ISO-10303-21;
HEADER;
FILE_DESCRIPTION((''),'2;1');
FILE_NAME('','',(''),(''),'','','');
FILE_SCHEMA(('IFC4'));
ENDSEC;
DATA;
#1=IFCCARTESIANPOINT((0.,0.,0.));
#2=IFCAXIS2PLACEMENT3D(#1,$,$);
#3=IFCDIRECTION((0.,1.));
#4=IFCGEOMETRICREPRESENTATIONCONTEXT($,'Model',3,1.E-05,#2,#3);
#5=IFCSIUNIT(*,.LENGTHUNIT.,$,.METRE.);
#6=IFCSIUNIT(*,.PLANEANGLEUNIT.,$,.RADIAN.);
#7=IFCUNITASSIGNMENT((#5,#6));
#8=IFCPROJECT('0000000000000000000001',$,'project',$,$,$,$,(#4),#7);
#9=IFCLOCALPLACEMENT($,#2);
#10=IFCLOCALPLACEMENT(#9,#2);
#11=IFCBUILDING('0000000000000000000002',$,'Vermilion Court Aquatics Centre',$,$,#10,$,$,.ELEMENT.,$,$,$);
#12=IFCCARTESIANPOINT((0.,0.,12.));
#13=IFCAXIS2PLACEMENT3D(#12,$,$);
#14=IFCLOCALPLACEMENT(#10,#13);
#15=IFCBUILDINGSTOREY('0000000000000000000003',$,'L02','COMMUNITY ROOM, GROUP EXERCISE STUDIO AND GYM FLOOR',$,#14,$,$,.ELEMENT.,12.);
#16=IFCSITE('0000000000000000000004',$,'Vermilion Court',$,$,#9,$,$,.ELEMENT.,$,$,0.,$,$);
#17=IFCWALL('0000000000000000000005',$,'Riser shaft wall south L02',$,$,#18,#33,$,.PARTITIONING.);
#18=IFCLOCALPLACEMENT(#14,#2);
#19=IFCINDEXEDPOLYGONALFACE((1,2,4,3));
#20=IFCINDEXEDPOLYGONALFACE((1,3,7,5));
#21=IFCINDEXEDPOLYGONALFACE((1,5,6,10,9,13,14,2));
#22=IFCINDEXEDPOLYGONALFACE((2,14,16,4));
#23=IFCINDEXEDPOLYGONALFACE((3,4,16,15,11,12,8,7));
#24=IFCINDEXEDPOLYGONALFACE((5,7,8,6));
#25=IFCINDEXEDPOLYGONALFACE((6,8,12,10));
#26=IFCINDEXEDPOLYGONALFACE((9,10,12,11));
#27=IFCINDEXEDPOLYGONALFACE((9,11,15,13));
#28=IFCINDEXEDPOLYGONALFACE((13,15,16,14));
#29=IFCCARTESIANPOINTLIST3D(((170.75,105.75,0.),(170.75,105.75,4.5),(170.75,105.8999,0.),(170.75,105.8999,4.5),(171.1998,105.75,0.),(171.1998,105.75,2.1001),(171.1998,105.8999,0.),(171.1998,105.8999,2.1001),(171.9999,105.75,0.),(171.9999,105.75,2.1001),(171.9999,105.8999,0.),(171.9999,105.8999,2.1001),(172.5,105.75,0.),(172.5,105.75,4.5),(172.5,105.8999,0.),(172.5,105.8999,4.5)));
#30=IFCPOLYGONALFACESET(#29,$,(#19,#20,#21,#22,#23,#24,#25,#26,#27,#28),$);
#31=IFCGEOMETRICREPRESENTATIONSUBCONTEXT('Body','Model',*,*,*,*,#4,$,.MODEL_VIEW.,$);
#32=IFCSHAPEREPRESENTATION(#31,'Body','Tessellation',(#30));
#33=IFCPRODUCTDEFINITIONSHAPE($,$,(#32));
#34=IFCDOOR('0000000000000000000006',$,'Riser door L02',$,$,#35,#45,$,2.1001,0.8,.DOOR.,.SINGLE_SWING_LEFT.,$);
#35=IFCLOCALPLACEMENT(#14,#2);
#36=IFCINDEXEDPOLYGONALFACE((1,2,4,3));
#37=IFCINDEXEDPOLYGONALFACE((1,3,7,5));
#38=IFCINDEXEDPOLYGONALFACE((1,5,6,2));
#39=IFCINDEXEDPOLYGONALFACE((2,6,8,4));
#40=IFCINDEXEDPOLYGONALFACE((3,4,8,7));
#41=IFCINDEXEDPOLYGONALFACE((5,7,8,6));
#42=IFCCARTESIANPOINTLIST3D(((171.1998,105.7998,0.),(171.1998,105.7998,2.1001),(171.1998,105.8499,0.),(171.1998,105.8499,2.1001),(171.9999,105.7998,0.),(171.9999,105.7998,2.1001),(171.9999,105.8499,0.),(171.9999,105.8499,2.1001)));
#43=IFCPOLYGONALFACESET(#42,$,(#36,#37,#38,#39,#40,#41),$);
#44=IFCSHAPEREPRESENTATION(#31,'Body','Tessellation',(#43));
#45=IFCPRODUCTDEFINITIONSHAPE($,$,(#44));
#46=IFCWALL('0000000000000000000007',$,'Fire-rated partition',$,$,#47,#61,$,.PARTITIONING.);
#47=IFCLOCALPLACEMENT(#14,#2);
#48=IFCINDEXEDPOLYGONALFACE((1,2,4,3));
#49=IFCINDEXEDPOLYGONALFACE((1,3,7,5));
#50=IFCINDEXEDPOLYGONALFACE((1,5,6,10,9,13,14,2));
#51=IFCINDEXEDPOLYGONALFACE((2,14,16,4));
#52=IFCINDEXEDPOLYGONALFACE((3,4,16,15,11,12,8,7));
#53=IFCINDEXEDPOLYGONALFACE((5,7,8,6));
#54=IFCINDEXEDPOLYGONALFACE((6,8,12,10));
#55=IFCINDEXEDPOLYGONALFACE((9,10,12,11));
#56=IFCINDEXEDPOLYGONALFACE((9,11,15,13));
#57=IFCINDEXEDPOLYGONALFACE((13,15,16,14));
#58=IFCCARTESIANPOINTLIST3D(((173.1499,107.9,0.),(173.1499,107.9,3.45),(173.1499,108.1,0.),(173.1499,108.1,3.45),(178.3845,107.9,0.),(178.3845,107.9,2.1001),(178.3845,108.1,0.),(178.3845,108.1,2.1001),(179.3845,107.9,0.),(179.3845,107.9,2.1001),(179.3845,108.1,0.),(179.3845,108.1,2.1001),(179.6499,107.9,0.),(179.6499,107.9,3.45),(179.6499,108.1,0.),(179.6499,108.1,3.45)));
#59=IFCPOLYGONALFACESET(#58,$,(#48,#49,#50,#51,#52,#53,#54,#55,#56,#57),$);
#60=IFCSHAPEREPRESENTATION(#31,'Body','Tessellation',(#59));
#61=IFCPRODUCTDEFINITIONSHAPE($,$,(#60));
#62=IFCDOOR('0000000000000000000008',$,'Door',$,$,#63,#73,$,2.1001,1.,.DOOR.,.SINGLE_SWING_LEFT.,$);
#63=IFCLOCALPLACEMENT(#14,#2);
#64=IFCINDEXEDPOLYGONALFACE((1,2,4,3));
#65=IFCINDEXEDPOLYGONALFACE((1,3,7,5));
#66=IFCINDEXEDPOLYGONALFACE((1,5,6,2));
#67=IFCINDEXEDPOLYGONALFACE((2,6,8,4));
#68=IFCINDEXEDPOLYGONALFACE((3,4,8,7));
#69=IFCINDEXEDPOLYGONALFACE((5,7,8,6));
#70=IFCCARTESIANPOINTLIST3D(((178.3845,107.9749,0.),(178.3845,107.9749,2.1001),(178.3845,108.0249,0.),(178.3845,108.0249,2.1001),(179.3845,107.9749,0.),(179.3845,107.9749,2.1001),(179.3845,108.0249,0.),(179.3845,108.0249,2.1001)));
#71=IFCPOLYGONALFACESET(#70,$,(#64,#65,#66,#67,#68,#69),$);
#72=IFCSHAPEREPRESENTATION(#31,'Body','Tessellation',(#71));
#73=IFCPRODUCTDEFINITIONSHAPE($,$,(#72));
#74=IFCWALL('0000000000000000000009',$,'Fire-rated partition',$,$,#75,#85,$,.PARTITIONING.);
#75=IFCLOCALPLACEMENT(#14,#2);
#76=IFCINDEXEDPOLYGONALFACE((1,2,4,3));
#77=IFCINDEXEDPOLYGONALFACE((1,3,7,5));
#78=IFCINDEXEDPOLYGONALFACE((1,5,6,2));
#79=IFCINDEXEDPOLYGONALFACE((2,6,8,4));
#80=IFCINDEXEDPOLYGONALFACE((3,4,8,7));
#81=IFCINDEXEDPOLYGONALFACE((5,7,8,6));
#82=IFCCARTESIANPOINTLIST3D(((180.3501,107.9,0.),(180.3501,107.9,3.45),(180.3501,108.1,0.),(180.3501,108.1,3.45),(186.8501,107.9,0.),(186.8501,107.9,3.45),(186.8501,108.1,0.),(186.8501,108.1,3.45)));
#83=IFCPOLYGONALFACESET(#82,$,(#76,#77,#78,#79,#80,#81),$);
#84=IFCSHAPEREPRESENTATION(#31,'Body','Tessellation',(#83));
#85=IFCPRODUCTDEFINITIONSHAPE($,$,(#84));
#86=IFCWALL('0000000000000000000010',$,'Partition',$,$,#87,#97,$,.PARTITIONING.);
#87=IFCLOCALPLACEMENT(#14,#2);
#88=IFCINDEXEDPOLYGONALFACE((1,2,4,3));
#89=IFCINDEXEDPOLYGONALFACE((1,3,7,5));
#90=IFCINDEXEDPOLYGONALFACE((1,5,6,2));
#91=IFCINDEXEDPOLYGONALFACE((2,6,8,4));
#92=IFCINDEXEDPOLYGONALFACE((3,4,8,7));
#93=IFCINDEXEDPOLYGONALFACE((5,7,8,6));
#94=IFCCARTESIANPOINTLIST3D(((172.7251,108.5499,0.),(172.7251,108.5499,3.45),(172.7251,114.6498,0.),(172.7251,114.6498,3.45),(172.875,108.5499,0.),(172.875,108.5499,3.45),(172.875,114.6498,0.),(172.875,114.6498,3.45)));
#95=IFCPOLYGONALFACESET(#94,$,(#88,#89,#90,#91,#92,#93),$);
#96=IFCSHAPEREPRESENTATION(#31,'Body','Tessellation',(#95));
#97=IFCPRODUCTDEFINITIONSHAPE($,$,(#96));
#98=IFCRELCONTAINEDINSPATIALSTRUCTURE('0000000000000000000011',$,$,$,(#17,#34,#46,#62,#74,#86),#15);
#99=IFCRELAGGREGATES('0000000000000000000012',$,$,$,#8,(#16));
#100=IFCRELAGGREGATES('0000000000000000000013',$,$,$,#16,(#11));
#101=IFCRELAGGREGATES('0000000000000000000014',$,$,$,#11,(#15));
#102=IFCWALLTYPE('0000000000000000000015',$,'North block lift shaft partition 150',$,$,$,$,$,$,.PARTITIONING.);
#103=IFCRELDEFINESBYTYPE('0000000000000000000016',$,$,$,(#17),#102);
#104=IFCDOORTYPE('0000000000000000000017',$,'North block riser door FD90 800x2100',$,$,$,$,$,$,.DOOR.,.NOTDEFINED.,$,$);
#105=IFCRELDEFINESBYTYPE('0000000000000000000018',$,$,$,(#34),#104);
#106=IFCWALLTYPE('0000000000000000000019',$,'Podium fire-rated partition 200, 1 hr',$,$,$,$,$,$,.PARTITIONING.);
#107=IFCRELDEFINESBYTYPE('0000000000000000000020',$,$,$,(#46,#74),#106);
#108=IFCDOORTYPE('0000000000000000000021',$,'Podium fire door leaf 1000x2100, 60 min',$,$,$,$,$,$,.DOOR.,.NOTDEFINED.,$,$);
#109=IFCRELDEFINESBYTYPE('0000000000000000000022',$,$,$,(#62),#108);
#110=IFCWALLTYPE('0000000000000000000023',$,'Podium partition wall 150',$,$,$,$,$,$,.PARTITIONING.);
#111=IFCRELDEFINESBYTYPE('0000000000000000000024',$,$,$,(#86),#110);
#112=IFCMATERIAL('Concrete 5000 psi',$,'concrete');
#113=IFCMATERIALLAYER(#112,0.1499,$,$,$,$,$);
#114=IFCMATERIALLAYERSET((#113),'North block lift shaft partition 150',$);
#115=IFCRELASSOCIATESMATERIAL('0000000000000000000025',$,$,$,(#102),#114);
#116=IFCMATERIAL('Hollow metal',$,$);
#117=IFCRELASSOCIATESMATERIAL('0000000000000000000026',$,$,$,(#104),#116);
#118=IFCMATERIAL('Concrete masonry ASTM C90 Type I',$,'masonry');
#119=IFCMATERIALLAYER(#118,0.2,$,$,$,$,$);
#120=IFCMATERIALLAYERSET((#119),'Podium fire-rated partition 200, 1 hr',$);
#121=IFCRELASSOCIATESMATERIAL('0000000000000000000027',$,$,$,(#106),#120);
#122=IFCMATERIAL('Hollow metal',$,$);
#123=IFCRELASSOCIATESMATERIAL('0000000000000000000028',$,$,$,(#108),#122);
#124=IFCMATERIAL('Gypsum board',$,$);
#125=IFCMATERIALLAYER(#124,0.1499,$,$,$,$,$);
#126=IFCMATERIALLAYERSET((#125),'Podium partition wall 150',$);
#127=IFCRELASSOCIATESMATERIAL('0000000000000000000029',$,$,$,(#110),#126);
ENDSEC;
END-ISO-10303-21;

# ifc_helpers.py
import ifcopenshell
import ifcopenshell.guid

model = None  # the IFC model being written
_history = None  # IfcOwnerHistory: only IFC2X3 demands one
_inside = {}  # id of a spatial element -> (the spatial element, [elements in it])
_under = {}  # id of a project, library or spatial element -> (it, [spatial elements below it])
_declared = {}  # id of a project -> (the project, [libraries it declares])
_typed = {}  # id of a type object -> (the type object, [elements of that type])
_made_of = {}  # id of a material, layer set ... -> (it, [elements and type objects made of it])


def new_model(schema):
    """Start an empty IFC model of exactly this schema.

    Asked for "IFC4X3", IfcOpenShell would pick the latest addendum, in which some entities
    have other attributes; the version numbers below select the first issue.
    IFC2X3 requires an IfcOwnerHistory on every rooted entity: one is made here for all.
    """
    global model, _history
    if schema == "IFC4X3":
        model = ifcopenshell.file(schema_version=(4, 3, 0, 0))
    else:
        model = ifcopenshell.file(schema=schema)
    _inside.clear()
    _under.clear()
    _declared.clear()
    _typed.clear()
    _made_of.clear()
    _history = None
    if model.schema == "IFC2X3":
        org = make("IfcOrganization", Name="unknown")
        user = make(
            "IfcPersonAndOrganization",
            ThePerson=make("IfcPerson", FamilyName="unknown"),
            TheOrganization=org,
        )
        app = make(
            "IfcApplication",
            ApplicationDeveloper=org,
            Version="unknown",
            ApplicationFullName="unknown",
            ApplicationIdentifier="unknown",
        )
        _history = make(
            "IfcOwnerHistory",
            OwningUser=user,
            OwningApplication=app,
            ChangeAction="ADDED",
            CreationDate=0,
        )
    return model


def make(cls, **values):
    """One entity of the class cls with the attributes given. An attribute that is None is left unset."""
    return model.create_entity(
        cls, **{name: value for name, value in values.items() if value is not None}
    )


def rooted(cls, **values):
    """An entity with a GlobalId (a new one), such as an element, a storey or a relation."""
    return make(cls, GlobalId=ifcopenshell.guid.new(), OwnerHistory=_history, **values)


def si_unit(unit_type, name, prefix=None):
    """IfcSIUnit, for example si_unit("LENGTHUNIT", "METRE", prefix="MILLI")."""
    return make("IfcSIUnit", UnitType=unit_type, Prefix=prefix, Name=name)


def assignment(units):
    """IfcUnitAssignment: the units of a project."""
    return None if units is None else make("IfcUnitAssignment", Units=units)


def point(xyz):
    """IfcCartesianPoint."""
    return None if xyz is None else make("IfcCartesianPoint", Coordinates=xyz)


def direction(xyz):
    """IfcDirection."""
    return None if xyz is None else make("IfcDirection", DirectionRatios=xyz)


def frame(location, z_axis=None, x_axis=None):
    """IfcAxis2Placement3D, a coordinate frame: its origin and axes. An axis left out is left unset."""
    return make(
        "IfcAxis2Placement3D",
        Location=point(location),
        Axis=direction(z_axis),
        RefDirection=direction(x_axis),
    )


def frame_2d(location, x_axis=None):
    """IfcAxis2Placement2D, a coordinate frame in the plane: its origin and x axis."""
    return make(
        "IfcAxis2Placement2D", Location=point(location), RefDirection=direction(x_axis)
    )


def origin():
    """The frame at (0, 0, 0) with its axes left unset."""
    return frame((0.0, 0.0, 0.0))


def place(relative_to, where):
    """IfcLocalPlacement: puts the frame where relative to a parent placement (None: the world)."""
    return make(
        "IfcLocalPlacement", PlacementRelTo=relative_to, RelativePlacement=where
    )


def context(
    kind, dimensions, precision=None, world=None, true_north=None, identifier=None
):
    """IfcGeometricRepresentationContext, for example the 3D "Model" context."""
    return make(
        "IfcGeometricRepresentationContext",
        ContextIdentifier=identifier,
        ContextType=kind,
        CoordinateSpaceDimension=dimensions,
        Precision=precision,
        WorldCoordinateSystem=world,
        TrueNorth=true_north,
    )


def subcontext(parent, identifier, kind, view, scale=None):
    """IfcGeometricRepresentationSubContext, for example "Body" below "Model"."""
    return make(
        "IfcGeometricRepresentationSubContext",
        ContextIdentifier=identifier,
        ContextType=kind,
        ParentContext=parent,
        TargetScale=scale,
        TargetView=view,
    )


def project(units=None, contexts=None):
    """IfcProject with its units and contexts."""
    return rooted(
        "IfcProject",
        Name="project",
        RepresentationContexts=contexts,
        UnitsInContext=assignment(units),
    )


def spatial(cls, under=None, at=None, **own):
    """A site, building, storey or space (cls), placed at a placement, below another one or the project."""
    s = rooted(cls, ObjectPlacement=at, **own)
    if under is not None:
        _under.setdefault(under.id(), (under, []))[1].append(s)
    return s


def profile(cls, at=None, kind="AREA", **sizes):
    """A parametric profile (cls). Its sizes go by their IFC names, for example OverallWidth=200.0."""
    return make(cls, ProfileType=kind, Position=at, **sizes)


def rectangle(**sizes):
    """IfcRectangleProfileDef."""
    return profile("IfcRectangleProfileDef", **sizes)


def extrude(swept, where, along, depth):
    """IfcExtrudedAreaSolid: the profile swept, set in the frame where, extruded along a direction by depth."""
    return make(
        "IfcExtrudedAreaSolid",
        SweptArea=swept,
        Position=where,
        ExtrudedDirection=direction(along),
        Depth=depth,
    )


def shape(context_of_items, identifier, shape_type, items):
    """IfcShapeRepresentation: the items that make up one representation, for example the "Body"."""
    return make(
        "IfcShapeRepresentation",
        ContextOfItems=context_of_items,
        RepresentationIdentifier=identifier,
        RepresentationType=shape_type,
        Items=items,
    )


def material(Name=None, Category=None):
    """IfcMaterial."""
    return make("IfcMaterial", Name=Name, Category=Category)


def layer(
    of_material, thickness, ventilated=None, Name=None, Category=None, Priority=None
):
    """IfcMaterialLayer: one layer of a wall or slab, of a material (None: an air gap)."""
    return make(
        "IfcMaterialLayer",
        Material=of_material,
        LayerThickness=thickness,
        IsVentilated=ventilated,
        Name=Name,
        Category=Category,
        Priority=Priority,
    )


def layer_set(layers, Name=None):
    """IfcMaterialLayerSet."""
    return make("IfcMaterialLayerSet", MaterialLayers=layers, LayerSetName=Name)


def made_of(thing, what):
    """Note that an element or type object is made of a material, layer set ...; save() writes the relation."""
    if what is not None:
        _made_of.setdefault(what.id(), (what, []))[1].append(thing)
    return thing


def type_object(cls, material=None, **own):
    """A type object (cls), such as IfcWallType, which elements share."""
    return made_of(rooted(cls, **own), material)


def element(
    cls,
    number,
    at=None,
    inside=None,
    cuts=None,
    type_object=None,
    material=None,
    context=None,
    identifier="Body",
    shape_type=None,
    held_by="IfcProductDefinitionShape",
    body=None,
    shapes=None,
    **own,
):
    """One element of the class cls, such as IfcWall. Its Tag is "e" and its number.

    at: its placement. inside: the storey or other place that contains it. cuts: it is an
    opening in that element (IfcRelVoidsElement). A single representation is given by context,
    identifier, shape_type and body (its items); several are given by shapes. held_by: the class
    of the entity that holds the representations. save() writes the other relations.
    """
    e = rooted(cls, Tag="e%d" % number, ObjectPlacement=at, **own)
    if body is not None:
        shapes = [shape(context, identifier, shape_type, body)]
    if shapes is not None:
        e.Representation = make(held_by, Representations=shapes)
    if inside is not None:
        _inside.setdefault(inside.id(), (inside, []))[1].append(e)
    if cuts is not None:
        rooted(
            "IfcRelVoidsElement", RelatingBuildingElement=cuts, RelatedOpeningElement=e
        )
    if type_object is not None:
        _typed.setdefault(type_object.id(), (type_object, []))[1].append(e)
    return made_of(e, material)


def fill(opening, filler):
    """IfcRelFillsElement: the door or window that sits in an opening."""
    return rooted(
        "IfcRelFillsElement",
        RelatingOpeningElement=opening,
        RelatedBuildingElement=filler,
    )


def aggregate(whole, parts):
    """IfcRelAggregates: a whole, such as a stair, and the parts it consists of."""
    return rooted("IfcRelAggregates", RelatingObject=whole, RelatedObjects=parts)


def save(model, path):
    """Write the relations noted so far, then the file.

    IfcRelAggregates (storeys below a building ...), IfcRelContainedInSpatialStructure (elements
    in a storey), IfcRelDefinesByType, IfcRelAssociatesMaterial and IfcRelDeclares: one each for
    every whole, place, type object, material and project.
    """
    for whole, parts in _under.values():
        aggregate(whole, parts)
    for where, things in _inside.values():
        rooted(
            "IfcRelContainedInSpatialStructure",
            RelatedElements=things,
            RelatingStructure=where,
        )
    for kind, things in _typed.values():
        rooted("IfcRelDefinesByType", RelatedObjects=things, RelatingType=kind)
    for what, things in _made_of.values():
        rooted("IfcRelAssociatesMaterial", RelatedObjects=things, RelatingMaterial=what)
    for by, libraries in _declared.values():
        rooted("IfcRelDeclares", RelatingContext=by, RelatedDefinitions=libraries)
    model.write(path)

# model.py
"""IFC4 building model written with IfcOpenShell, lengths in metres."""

from ifc_helpers import new_model, si_unit, direction, frame, frame_2d, origin, place, context, subcontext, project, spatial, rectangle, extrude, material, layer, layer_set, type_object, element, fill, save


model = new_model("IFC4")

# Units and contexts
model_context = context("Model", 3, precision=1e-05, world=origin(), true_north=direction((0.0, 1.0)))
body_context = subcontext(model_context, "Body", "Model", "MODEL_VIEW")
ifc_project = project(units=[si_unit("LENGTHUNIT", "METRE"), si_unit("PLANEANGLEUNIT", "RADIAN")], contexts=[model_context])

# Site, building, storey
site_placement = place(None, origin())
site = spatial("IfcSite", under=ifc_project, at=site_placement, Name="Vermilion Court", CompositionType="ELEMENT", RefElevation=0.0)
building_placement = place(site_placement, origin())
building = spatial("IfcBuilding", under=site, at=building_placement, Name="Vermilion Court Aquatics Centre", CompositionType="ELEMENT")
storey_placement = place(building_placement, frame((0.0, 0.0, 12.0)))
storey = spatial("IfcBuildingStorey", under=building, at=storey_placement, Name="L02", Description="COMMUNITY ROOM, GROUP EXERCISE STUDIO AND GYM FLOOR", CompositionType="ELEMENT", Elevation=12.0)

# Shared definitions
ifc_material_1 = material(Name="Concrete 5000 psi", Category="concrete")
ifc_layer_1 = layer(ifc_material_1, 0.1499)
ifc_layer_set_1 = layer_set([ifc_layer_1], Name="North block lift shaft partition 150")
wall_type_1 = type_object("IfcWallType", Name="North block lift shaft partition 150", PredefinedType="PARTITIONING", material=ifc_layer_set_1)

# Walls, openings, doors
wall_1_placement = place(storey_placement, frame((170.75, 105.825, 0.0), z_axis=(0.0, 0.0, 1.0), x_axis=(1.0, 0.0, 0.0)))
wall_1 = element("IfcWall", 1, at=wall_1_placement, inside=storey, type_object=wall_type_1, Name="Riser shaft wall south L02", PredefinedType="PARTITIONING", context=body_context, shape_type="SweptSolid", body=[
    extrude(rectangle(XDim=1.75, YDim=0.1499, at=frame_2d((0.875, 0.0))), origin(), (0.0, 0.0, 1.0), 4.5),
])
opening_1_placement = place(wall_1_placement, frame((0.45, 0.0, 0.0)))
opening_1 = element("IfcOpeningElement", 2, at=opening_1_placement, cuts=wall_1, PredefinedType="OPENING", context=body_context, shape_type="SweptSolid", body=[
    extrude(rectangle(XDim=0.8, YDim=2.1001, at=frame_2d((0.3999, 1.05))), frame((0.0, 0.085, 0.0), z_axis=(0.0, -1.0, 0.0), x_axis=(1.0, 0.0, 0.0)), (0.0, 0.0, 1.0), 0.1699),
])
ifc_material_2 = material(Name="Hollow metal")
door_type_1 = type_object("IfcDoorType", Name="North block riser door FD90 800x2100", OperationType="NOTDEFINED", PredefinedType="DOOR", material=ifc_material_2)
door_1_placement = place(opening_1_placement, origin())
door_1 = element("IfcDoor", 3, at=door_1_placement, inside=storey, type_object=door_type_1, Name="Riser door L02", OperationType="SINGLE_SWING_LEFT", OverallHeight=2.1001, OverallWidth=0.8, PredefinedType="DOOR", context=body_context, shape_type="SweptSolid", body=[
    extrude(rectangle(XDim=0.8, YDim=2.1001, at=frame_2d((0.3999, 1.05))), frame((0.0, 0.0249, 0.0), z_axis=(0.0, -1.0, 0.0), x_axis=(1.0, 0.0, 0.0)), (0.0, 0.0, 1.0), 0.05),
])
fill(opening_1, door_1)
ifc_material_3 = material(Name="Concrete masonry ASTM C90 Type I", Category="masonry")
ifc_layer_2 = layer(ifc_material_3, 0.2)
ifc_layer_set_2 = layer_set([ifc_layer_2], Name="Podium fire-rated partition 200, 1 hr")
wall_type_2 = type_object("IfcWallType", Name="Podium fire-rated partition 200, 1 hr", PredefinedType="PARTITIONING", material=ifc_layer_set_2)
wall_2_placement = place(storey_placement, frame((173.1499, 108.0, 0.0), z_axis=(0.0, 0.0, 1.0), x_axis=(1.0, 0.0, 0.0)))
wall_2 = element("IfcWall", 4, at=wall_2_placement, inside=storey, type_object=wall_type_2, Name="Fire-rated partition", PredefinedType="PARTITIONING", context=body_context, shape_type="SweptSolid", body=[
    extrude(rectangle(XDim=6.5, YDim=0.2, at=frame_2d((3.25, 0.0))), origin(), (0.0, 0.0, 1.0), 3.45),
])
opening_2_placement = place(wall_2_placement, frame((5.2346, 0.0, 0.0)))
opening_2 = element("IfcOpeningElement", 5, at=opening_2_placement, cuts=wall_2, PredefinedType="OPENING", context=body_context, shape_type="SweptSolid", body=[
    extrude(rectangle(XDim=1.0, YDim=2.1001, at=frame_2d((0.5, 1.05))), frame((0.0, 0.1099, 0.0), z_axis=(0.0, -1.0, 0.0), x_axis=(1.0, 0.0, 0.0)), (0.0, 0.0, 1.0), 0.22),
])
ifc_material_4 = material(Name="Hollow metal")
door_type_2 = type_object("IfcDoorType", Name="Podium fire door leaf 1000x2100, 60 min", OperationType="NOTDEFINED", PredefinedType="DOOR", material=ifc_material_4)
door_2_placement = place(opening_2_placement, frame((1.0, 0.0, 0.0), z_axis=(0.0, 0.0, 1.0), x_axis=(-1.0, 0.0, 0.0)))
door_2 = element("IfcDoor", 6, at=door_2_placement, inside=storey, type_object=door_type_2, Name="Door", OperationType="SINGLE_SWING_LEFT", OverallHeight=2.1001, OverallWidth=1.0, PredefinedType="DOOR", context=body_context, shape_type="SweptSolid", body=[
    extrude(rectangle(XDim=1.0, YDim=2.1001, at=frame_2d((0.5, 1.05))), frame((0.0, 0.0251, 0.0), z_axis=(0.0, -1.0, 0.0), x_axis=(1.0, 0.0, 0.0)), (0.0, 0.0, 1.0), 0.05),
])
fill(opening_2, door_2)

# Walls
wall_3_placement = place(storey_placement, frame((180.3501, 108.0, 0.0), z_axis=(0.0, 0.0, 1.0), x_axis=(1.0, 0.0, 0.0)))
element("IfcWall", 7, at=wall_3_placement, inside=storey, type_object=wall_type_2, Name="Fire-rated partition", PredefinedType="PARTITIONING", context=body_context, shape_type="SweptSolid", body=[
    extrude(rectangle(XDim=6.5, YDim=0.2, at=frame_2d((3.25, 0.0))), origin(), (0.0, 0.0, 1.0), 3.45),
])
ifc_material_5 = material(Name="Gypsum board")
ifc_layer_3 = layer(ifc_material_5, 0.1499)
ifc_layer_set_3 = layer_set([ifc_layer_3], Name="Podium partition wall 150")
wall_type_3 = type_object("IfcWallType", Name="Podium partition wall 150", PredefinedType="PARTITIONING", material=ifc_layer_set_3)
wall_4_placement = place(storey_placement, frame((172.8, 108.55, 0.0), z_axis=(0.0, 0.0, 1.0), x_axis=(0.0, 1.0, 0.0)))
element("IfcWall", 8, at=wall_4_placement, inside=storey, type_object=wall_type_3, Name="Partition", PredefinedType="PARTITIONING", context=body_context, shape_type="SweptSolid", body=[
    extrude(rectangle(XDim=6.0999, YDim=0.1499, at=frame_2d((3.0498, 0.0))), origin(), (0.0, 0.0, 1.0), 3.45),
])

save(model, "model.ifc")
